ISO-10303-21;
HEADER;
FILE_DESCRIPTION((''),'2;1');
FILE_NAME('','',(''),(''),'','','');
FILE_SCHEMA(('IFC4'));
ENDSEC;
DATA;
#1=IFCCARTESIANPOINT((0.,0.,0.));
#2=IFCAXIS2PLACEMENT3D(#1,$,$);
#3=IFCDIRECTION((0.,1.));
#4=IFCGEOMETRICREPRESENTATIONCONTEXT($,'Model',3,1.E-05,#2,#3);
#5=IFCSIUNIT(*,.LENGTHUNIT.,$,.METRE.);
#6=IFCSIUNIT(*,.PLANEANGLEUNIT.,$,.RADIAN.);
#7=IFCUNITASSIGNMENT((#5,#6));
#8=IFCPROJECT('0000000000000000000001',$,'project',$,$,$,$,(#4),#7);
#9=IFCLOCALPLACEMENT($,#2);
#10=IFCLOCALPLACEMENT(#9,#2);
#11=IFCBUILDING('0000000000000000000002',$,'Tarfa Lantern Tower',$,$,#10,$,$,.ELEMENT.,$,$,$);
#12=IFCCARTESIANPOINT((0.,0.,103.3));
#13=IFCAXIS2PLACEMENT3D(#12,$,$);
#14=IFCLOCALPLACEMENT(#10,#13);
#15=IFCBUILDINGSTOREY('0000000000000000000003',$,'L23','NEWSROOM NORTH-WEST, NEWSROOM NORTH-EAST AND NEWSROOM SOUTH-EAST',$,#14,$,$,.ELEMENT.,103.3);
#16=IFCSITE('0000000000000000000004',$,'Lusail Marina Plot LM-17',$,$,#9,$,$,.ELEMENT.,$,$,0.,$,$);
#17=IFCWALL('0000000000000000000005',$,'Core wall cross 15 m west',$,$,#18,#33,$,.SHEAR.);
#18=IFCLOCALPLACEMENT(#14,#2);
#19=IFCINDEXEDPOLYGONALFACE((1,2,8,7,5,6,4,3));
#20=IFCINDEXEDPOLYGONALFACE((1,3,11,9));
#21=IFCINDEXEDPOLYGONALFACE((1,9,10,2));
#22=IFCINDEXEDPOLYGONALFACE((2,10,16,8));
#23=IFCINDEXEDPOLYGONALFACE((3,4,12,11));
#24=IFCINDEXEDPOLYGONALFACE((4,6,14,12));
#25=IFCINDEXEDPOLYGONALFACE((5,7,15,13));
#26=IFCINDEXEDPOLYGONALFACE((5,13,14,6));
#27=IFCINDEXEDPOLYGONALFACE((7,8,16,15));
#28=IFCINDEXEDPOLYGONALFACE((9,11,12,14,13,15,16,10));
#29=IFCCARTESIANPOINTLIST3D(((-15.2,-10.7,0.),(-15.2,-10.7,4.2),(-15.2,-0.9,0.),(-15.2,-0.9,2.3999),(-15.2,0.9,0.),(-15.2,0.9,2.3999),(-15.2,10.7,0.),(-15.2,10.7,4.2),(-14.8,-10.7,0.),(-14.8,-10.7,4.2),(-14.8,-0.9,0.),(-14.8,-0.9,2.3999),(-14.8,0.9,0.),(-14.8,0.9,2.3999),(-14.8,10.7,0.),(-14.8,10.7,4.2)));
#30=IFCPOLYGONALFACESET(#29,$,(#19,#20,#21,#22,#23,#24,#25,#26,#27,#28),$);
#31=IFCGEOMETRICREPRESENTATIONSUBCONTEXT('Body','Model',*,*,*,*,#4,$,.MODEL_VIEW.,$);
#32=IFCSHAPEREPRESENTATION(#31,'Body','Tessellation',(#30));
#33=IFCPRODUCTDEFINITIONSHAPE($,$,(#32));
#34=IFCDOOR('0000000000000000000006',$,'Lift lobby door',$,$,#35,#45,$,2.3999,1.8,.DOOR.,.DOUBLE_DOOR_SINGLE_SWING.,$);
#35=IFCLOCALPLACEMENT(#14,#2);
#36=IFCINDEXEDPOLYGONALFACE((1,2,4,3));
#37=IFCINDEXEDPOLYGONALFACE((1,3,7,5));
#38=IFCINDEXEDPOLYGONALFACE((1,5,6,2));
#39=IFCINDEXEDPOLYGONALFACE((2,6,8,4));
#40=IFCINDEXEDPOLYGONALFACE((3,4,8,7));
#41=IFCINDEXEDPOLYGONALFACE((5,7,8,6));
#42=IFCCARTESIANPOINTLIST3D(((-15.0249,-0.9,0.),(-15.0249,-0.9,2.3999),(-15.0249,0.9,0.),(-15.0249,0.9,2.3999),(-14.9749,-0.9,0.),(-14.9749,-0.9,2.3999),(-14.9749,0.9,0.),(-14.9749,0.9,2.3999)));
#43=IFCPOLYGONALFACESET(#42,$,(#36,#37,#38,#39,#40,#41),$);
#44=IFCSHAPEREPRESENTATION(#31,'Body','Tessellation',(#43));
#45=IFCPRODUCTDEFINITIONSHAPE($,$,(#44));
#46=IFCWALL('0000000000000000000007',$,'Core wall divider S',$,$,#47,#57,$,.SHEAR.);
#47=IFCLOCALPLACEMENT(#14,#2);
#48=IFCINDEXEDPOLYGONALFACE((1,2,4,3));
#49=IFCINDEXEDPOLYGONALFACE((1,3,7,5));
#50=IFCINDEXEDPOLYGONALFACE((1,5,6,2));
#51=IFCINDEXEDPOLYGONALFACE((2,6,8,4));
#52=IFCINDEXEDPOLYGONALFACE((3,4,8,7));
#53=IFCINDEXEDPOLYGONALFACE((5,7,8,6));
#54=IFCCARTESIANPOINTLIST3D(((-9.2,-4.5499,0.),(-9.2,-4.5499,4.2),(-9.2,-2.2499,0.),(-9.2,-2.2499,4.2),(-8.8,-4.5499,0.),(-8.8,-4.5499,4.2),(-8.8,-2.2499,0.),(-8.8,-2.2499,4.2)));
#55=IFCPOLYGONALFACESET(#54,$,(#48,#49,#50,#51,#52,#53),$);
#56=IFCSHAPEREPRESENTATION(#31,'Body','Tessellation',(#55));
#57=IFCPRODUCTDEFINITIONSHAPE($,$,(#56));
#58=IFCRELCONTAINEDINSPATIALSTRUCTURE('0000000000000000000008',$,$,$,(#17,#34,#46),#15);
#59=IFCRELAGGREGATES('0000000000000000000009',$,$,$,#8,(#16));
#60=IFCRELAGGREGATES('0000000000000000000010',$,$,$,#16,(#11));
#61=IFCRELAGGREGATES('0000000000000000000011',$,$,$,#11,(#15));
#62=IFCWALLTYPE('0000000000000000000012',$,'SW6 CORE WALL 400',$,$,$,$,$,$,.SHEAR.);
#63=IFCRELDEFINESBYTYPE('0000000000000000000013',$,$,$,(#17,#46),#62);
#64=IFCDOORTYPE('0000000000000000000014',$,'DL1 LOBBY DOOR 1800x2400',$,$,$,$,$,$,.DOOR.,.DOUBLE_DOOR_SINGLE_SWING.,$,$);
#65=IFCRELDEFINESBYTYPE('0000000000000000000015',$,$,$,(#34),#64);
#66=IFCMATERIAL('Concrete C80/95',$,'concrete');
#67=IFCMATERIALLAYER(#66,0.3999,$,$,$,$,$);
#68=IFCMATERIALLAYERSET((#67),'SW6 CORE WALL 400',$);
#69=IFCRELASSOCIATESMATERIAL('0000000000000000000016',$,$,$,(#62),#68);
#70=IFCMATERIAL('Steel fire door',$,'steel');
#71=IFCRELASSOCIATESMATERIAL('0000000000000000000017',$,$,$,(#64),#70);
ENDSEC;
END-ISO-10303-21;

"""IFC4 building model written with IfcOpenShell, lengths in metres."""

from ifc_helpers import new_model, si_unit, direction, frame, frame_2d, origin, place, context, subcontext, project, spatial, rectangle, extrude, material, layer, layer_set, type_object, element, fill, save


model = new_model("IFC4")

# Units and contexts
model_context = context("Model", 3, precision=1e-05, world=origin(), true_north=direction((0.0, 1.0)))
body_context = subcontext(model_context, "Body", "Model", "MODEL_VIEW")
ifc_project = project(units=[si_unit("LENGTHUNIT", "METRE"), si_unit("PLANEANGLEUNIT", "RADIAN")], contexts=[model_context])

# Site, building, storey
site_placement = place(None, origin())
site = spatial("IfcSite", under=ifc_project, at=site_placement, Name="Lusail Marina Plot LM-17", CompositionType="ELEMENT", RefElevation=0.0)
building_placement = place(site_placement, origin())
building = spatial("IfcBuilding", under=site, at=building_placement, Name="Tarfa Lantern Tower", CompositionType="ELEMENT")
storey_placement = place(building_placement, frame((0.0, 0.0, 103.3)))
storey = spatial("IfcBuildingStorey", under=building, at=storey_placement, Name="L23", Description="NEWSROOM NORTH-WEST, NEWSROOM NORTH-EAST AND NEWSROOM SOUTH-EAST", CompositionType="ELEMENT", Elevation=103.3)

# Shared definitions
ifc_material_1 = material(Name="Concrete C80/95", Category="concrete")

# Wall, opening, door
ifc_layer_1 = layer(ifc_material_1, 0.3999)
ifc_layer_set_1 = layer_set([ifc_layer_1], Name="SW6 CORE WALL 400")
wall_type_1 = type_object("IfcWallType", Name="SW6 CORE WALL 400", PredefinedType="SHEAR", material=ifc_layer_set_1)
wall_1_placement = place(storey_placement, frame((-15.0, -10.7, 0.0), z_axis=(0.0, 0.0, 1.0), x_axis=(0.0, 1.0, 0.0)))
wall_1 = element("IfcWall", 1, at=wall_1_placement, inside=storey, type_object=wall_type_1, Name="Core wall cross 15 m west", PredefinedType="SHEAR", context=body_context, shape_type="SweptSolid", body=[
    extrude(rectangle(XDim=21.3999, YDim=0.3999, at=frame_2d((10.7, 0.0))), origin(), (0.0, 0.0, 1.0), 4.2),
])
opening_1_placement = place(wall_1_placement, frame((9.8, 0.0, 0.0)))
opening_1 = element("IfcOpeningElement", 2, at=opening_1_placement, cuts=wall_1, PredefinedType="OPENING", context=body_context, shape_type="SweptSolid", body=[
    extrude(rectangle(XDim=1.8, YDim=2.3999, at=frame_2d((0.8999, 1.2))), frame((0.0, 0.21, 0.0), z_axis=(0.0, -1.0, 0.0), x_axis=(1.0, 0.0, 0.0)), (0.0, 0.0, 1.0), 0.4199),
])
ifc_material_2 = material(Name="Steel fire door", Category="steel")
door_type_1 = type_object("IfcDoorType", Name="DL1 LOBBY DOOR 1800x2400", OperationType="DOUBLE_DOOR_SINGLE_SWING", PredefinedType="DOOR", material=ifc_material_2)
door_1_placement = place(opening_1_placement, origin())
door_1 = element("IfcDoor", 3, at=door_1_placement, inside=storey, type_object=door_type_1, Name="Lift lobby door", OperationType="DOUBLE_DOOR_SINGLE_SWING", OverallHeight=2.3999, OverallWidth=1.8, PredefinedType="DOOR", context=body_context, shape_type="SweptSolid", body=[
    extrude(rectangle(XDim=1.8, YDim=2.3999, at=frame_2d((0.8999, 1.2))), frame((0.0, 0.0249, 0.0), z_axis=(0.0, -1.0, 0.0), x_axis=(1.0, 0.0, 0.0)), (0.0, 0.0, 1.0), 0.05),
])
fill(opening_1, door_1)

# Wall
wall_2_placement = place(storey_placement, frame((-9.0, -2.25, 0.0), z_axis=(0.0, 0.0, 1.0), x_axis=(0.0, -1.0, 0.0)))
element("IfcWall", 4, at=wall_2_placement, inside=storey, type_object=wall_type_1, Name="Core wall divider S", PredefinedType="SHEAR", context=body_context, shape_type="SweptSolid", body=[
    extrude(rectangle(XDim=2.3, YDim=0.3999, at=frame_2d((1.1499, 0.0))), origin(), (0.0, 0.0, 1.0), 4.2),
])

save(model, "model.ifc")
